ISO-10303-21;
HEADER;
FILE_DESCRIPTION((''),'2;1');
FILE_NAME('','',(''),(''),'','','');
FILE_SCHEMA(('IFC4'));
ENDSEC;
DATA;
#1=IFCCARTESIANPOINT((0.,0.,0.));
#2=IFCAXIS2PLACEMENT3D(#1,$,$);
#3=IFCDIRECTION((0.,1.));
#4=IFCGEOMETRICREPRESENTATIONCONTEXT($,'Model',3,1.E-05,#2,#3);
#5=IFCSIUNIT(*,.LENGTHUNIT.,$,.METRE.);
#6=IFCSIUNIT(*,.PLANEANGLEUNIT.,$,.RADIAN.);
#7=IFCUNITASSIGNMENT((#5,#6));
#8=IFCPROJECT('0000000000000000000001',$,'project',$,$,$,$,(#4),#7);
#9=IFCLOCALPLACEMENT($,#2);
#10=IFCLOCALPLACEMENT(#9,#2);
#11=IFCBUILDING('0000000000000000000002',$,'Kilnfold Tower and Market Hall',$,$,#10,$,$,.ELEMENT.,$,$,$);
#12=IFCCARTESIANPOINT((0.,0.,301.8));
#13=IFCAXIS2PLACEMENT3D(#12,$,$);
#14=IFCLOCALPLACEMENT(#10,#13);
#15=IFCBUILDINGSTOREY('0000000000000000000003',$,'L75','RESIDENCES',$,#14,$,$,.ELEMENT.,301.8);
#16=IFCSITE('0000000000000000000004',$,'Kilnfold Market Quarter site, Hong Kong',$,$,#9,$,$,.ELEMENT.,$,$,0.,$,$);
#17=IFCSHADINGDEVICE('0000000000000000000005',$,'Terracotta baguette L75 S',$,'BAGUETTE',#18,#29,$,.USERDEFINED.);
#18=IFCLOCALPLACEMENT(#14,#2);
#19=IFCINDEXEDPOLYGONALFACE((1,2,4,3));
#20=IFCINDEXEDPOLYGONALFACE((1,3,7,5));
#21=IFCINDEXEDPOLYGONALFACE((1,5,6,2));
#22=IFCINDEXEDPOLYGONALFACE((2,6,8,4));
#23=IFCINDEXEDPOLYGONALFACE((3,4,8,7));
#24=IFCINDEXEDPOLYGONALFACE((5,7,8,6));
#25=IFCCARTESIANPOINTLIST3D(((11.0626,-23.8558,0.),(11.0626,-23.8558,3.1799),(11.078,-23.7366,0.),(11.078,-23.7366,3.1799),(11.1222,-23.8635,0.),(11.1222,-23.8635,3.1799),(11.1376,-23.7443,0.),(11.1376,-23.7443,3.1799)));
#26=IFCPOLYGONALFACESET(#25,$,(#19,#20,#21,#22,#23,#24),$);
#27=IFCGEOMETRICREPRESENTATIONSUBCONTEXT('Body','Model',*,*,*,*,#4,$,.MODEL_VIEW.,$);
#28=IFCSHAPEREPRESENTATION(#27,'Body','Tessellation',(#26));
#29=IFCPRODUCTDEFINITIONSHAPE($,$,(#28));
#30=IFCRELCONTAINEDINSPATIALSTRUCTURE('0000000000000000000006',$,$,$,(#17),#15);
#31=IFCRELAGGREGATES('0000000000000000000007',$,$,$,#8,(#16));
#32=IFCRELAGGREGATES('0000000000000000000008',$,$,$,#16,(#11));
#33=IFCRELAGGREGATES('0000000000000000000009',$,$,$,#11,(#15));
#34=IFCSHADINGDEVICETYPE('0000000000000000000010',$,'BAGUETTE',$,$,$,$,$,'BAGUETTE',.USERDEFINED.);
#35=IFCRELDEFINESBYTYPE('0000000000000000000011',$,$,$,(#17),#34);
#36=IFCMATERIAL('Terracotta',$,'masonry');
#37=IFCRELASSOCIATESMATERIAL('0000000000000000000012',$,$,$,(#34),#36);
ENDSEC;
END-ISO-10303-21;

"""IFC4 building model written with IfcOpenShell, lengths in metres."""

from ifc_helpers import new_model, si_unit, direction, frame, origin, origin_2d, place, context, subcontext, project, spatial, rectangle, extrude, source, transform, mapped, material, material_profile, profile_set, type_object, element, save


model = new_model("IFC4")

# Units and contexts
model_context = context("Model", 3, precision=1e-05, world=origin(), true_north=direction((0.0, 1.0)))
body_context = subcontext(model_context, "Body", "Model", "MODEL_VIEW")
ifc_project = project(units=[si_unit("LENGTHUNIT", "METRE"), si_unit("PLANEANGLEUNIT", "RADIAN")], contexts=[model_context])

# Site, building, storey
site_placement = place(None, origin())
site = spatial("IfcSite", under=ifc_project, at=site_placement, Name="Kilnfold Market Quarter site, Hong Kong", CompositionType="ELEMENT", RefElevation=0.0)
building_placement = place(site_placement, origin())
building = spatial("IfcBuilding", under=site, at=building_placement, Name="Kilnfold Tower and Market Hall", CompositionType="ELEMENT")
storey_placement = place(building_placement, frame((0.0, 0.0, 301.8)))
storey = spatial("IfcBuildingStorey", under=building, at=storey_placement, Name="L75", Description="RESIDENCES", CompositionType="ELEMENT", Elevation=301.8)

# Shading device
ifc_material_1 = material(Name="Terracotta", Category="masonry")
ifc_material_profile_1 = material_profile(ifc_material_1, rectangle(XDim=0.0601, YDim=0.1201, at=origin_2d()), Name="BAG 60x120")
ifc_profile_set_1 = profile_set([ifc_material_profile_1], Name="Terracotta")
shading_device_type = type_object("IfcShadingDeviceType", Name="BAGUETTE", ElementType="BAGUETTE", PredefinedType="USERDEFINED", material=ifc_profile_set_1)
shared_shape_1 = source(origin(), body_context, "Body", "SweptSolid", [
    extrude(rectangle(XDim=0.0601, YDim=0.1201, at=origin_2d()), origin(), (0.0, 0.0, 1.0), 3.1799),
])
for number, where, z_axis, x_axis, name in (
    (1, (11.1001, -23.8, 0.0), (0.0, 0.0, 1.0), (0.991788, -0.12789, 0.0), "Terracotta baguette L75 S"),
):
    element("IfcShadingDevice", number, at=place(storey_placement, frame(where, z_axis=z_axis, x_axis=x_axis)), inside=storey, type_object=shading_device_type, Name=name, ObjectType="BAGUETTE", PredefinedType="USERDEFINED", context=body_context, shape_type="MappedRepresentation", body=[
        mapped(shared_shape_1, transform((0.0, 0.0, 0.0))),
    ])

save(model, "model.ifc")
